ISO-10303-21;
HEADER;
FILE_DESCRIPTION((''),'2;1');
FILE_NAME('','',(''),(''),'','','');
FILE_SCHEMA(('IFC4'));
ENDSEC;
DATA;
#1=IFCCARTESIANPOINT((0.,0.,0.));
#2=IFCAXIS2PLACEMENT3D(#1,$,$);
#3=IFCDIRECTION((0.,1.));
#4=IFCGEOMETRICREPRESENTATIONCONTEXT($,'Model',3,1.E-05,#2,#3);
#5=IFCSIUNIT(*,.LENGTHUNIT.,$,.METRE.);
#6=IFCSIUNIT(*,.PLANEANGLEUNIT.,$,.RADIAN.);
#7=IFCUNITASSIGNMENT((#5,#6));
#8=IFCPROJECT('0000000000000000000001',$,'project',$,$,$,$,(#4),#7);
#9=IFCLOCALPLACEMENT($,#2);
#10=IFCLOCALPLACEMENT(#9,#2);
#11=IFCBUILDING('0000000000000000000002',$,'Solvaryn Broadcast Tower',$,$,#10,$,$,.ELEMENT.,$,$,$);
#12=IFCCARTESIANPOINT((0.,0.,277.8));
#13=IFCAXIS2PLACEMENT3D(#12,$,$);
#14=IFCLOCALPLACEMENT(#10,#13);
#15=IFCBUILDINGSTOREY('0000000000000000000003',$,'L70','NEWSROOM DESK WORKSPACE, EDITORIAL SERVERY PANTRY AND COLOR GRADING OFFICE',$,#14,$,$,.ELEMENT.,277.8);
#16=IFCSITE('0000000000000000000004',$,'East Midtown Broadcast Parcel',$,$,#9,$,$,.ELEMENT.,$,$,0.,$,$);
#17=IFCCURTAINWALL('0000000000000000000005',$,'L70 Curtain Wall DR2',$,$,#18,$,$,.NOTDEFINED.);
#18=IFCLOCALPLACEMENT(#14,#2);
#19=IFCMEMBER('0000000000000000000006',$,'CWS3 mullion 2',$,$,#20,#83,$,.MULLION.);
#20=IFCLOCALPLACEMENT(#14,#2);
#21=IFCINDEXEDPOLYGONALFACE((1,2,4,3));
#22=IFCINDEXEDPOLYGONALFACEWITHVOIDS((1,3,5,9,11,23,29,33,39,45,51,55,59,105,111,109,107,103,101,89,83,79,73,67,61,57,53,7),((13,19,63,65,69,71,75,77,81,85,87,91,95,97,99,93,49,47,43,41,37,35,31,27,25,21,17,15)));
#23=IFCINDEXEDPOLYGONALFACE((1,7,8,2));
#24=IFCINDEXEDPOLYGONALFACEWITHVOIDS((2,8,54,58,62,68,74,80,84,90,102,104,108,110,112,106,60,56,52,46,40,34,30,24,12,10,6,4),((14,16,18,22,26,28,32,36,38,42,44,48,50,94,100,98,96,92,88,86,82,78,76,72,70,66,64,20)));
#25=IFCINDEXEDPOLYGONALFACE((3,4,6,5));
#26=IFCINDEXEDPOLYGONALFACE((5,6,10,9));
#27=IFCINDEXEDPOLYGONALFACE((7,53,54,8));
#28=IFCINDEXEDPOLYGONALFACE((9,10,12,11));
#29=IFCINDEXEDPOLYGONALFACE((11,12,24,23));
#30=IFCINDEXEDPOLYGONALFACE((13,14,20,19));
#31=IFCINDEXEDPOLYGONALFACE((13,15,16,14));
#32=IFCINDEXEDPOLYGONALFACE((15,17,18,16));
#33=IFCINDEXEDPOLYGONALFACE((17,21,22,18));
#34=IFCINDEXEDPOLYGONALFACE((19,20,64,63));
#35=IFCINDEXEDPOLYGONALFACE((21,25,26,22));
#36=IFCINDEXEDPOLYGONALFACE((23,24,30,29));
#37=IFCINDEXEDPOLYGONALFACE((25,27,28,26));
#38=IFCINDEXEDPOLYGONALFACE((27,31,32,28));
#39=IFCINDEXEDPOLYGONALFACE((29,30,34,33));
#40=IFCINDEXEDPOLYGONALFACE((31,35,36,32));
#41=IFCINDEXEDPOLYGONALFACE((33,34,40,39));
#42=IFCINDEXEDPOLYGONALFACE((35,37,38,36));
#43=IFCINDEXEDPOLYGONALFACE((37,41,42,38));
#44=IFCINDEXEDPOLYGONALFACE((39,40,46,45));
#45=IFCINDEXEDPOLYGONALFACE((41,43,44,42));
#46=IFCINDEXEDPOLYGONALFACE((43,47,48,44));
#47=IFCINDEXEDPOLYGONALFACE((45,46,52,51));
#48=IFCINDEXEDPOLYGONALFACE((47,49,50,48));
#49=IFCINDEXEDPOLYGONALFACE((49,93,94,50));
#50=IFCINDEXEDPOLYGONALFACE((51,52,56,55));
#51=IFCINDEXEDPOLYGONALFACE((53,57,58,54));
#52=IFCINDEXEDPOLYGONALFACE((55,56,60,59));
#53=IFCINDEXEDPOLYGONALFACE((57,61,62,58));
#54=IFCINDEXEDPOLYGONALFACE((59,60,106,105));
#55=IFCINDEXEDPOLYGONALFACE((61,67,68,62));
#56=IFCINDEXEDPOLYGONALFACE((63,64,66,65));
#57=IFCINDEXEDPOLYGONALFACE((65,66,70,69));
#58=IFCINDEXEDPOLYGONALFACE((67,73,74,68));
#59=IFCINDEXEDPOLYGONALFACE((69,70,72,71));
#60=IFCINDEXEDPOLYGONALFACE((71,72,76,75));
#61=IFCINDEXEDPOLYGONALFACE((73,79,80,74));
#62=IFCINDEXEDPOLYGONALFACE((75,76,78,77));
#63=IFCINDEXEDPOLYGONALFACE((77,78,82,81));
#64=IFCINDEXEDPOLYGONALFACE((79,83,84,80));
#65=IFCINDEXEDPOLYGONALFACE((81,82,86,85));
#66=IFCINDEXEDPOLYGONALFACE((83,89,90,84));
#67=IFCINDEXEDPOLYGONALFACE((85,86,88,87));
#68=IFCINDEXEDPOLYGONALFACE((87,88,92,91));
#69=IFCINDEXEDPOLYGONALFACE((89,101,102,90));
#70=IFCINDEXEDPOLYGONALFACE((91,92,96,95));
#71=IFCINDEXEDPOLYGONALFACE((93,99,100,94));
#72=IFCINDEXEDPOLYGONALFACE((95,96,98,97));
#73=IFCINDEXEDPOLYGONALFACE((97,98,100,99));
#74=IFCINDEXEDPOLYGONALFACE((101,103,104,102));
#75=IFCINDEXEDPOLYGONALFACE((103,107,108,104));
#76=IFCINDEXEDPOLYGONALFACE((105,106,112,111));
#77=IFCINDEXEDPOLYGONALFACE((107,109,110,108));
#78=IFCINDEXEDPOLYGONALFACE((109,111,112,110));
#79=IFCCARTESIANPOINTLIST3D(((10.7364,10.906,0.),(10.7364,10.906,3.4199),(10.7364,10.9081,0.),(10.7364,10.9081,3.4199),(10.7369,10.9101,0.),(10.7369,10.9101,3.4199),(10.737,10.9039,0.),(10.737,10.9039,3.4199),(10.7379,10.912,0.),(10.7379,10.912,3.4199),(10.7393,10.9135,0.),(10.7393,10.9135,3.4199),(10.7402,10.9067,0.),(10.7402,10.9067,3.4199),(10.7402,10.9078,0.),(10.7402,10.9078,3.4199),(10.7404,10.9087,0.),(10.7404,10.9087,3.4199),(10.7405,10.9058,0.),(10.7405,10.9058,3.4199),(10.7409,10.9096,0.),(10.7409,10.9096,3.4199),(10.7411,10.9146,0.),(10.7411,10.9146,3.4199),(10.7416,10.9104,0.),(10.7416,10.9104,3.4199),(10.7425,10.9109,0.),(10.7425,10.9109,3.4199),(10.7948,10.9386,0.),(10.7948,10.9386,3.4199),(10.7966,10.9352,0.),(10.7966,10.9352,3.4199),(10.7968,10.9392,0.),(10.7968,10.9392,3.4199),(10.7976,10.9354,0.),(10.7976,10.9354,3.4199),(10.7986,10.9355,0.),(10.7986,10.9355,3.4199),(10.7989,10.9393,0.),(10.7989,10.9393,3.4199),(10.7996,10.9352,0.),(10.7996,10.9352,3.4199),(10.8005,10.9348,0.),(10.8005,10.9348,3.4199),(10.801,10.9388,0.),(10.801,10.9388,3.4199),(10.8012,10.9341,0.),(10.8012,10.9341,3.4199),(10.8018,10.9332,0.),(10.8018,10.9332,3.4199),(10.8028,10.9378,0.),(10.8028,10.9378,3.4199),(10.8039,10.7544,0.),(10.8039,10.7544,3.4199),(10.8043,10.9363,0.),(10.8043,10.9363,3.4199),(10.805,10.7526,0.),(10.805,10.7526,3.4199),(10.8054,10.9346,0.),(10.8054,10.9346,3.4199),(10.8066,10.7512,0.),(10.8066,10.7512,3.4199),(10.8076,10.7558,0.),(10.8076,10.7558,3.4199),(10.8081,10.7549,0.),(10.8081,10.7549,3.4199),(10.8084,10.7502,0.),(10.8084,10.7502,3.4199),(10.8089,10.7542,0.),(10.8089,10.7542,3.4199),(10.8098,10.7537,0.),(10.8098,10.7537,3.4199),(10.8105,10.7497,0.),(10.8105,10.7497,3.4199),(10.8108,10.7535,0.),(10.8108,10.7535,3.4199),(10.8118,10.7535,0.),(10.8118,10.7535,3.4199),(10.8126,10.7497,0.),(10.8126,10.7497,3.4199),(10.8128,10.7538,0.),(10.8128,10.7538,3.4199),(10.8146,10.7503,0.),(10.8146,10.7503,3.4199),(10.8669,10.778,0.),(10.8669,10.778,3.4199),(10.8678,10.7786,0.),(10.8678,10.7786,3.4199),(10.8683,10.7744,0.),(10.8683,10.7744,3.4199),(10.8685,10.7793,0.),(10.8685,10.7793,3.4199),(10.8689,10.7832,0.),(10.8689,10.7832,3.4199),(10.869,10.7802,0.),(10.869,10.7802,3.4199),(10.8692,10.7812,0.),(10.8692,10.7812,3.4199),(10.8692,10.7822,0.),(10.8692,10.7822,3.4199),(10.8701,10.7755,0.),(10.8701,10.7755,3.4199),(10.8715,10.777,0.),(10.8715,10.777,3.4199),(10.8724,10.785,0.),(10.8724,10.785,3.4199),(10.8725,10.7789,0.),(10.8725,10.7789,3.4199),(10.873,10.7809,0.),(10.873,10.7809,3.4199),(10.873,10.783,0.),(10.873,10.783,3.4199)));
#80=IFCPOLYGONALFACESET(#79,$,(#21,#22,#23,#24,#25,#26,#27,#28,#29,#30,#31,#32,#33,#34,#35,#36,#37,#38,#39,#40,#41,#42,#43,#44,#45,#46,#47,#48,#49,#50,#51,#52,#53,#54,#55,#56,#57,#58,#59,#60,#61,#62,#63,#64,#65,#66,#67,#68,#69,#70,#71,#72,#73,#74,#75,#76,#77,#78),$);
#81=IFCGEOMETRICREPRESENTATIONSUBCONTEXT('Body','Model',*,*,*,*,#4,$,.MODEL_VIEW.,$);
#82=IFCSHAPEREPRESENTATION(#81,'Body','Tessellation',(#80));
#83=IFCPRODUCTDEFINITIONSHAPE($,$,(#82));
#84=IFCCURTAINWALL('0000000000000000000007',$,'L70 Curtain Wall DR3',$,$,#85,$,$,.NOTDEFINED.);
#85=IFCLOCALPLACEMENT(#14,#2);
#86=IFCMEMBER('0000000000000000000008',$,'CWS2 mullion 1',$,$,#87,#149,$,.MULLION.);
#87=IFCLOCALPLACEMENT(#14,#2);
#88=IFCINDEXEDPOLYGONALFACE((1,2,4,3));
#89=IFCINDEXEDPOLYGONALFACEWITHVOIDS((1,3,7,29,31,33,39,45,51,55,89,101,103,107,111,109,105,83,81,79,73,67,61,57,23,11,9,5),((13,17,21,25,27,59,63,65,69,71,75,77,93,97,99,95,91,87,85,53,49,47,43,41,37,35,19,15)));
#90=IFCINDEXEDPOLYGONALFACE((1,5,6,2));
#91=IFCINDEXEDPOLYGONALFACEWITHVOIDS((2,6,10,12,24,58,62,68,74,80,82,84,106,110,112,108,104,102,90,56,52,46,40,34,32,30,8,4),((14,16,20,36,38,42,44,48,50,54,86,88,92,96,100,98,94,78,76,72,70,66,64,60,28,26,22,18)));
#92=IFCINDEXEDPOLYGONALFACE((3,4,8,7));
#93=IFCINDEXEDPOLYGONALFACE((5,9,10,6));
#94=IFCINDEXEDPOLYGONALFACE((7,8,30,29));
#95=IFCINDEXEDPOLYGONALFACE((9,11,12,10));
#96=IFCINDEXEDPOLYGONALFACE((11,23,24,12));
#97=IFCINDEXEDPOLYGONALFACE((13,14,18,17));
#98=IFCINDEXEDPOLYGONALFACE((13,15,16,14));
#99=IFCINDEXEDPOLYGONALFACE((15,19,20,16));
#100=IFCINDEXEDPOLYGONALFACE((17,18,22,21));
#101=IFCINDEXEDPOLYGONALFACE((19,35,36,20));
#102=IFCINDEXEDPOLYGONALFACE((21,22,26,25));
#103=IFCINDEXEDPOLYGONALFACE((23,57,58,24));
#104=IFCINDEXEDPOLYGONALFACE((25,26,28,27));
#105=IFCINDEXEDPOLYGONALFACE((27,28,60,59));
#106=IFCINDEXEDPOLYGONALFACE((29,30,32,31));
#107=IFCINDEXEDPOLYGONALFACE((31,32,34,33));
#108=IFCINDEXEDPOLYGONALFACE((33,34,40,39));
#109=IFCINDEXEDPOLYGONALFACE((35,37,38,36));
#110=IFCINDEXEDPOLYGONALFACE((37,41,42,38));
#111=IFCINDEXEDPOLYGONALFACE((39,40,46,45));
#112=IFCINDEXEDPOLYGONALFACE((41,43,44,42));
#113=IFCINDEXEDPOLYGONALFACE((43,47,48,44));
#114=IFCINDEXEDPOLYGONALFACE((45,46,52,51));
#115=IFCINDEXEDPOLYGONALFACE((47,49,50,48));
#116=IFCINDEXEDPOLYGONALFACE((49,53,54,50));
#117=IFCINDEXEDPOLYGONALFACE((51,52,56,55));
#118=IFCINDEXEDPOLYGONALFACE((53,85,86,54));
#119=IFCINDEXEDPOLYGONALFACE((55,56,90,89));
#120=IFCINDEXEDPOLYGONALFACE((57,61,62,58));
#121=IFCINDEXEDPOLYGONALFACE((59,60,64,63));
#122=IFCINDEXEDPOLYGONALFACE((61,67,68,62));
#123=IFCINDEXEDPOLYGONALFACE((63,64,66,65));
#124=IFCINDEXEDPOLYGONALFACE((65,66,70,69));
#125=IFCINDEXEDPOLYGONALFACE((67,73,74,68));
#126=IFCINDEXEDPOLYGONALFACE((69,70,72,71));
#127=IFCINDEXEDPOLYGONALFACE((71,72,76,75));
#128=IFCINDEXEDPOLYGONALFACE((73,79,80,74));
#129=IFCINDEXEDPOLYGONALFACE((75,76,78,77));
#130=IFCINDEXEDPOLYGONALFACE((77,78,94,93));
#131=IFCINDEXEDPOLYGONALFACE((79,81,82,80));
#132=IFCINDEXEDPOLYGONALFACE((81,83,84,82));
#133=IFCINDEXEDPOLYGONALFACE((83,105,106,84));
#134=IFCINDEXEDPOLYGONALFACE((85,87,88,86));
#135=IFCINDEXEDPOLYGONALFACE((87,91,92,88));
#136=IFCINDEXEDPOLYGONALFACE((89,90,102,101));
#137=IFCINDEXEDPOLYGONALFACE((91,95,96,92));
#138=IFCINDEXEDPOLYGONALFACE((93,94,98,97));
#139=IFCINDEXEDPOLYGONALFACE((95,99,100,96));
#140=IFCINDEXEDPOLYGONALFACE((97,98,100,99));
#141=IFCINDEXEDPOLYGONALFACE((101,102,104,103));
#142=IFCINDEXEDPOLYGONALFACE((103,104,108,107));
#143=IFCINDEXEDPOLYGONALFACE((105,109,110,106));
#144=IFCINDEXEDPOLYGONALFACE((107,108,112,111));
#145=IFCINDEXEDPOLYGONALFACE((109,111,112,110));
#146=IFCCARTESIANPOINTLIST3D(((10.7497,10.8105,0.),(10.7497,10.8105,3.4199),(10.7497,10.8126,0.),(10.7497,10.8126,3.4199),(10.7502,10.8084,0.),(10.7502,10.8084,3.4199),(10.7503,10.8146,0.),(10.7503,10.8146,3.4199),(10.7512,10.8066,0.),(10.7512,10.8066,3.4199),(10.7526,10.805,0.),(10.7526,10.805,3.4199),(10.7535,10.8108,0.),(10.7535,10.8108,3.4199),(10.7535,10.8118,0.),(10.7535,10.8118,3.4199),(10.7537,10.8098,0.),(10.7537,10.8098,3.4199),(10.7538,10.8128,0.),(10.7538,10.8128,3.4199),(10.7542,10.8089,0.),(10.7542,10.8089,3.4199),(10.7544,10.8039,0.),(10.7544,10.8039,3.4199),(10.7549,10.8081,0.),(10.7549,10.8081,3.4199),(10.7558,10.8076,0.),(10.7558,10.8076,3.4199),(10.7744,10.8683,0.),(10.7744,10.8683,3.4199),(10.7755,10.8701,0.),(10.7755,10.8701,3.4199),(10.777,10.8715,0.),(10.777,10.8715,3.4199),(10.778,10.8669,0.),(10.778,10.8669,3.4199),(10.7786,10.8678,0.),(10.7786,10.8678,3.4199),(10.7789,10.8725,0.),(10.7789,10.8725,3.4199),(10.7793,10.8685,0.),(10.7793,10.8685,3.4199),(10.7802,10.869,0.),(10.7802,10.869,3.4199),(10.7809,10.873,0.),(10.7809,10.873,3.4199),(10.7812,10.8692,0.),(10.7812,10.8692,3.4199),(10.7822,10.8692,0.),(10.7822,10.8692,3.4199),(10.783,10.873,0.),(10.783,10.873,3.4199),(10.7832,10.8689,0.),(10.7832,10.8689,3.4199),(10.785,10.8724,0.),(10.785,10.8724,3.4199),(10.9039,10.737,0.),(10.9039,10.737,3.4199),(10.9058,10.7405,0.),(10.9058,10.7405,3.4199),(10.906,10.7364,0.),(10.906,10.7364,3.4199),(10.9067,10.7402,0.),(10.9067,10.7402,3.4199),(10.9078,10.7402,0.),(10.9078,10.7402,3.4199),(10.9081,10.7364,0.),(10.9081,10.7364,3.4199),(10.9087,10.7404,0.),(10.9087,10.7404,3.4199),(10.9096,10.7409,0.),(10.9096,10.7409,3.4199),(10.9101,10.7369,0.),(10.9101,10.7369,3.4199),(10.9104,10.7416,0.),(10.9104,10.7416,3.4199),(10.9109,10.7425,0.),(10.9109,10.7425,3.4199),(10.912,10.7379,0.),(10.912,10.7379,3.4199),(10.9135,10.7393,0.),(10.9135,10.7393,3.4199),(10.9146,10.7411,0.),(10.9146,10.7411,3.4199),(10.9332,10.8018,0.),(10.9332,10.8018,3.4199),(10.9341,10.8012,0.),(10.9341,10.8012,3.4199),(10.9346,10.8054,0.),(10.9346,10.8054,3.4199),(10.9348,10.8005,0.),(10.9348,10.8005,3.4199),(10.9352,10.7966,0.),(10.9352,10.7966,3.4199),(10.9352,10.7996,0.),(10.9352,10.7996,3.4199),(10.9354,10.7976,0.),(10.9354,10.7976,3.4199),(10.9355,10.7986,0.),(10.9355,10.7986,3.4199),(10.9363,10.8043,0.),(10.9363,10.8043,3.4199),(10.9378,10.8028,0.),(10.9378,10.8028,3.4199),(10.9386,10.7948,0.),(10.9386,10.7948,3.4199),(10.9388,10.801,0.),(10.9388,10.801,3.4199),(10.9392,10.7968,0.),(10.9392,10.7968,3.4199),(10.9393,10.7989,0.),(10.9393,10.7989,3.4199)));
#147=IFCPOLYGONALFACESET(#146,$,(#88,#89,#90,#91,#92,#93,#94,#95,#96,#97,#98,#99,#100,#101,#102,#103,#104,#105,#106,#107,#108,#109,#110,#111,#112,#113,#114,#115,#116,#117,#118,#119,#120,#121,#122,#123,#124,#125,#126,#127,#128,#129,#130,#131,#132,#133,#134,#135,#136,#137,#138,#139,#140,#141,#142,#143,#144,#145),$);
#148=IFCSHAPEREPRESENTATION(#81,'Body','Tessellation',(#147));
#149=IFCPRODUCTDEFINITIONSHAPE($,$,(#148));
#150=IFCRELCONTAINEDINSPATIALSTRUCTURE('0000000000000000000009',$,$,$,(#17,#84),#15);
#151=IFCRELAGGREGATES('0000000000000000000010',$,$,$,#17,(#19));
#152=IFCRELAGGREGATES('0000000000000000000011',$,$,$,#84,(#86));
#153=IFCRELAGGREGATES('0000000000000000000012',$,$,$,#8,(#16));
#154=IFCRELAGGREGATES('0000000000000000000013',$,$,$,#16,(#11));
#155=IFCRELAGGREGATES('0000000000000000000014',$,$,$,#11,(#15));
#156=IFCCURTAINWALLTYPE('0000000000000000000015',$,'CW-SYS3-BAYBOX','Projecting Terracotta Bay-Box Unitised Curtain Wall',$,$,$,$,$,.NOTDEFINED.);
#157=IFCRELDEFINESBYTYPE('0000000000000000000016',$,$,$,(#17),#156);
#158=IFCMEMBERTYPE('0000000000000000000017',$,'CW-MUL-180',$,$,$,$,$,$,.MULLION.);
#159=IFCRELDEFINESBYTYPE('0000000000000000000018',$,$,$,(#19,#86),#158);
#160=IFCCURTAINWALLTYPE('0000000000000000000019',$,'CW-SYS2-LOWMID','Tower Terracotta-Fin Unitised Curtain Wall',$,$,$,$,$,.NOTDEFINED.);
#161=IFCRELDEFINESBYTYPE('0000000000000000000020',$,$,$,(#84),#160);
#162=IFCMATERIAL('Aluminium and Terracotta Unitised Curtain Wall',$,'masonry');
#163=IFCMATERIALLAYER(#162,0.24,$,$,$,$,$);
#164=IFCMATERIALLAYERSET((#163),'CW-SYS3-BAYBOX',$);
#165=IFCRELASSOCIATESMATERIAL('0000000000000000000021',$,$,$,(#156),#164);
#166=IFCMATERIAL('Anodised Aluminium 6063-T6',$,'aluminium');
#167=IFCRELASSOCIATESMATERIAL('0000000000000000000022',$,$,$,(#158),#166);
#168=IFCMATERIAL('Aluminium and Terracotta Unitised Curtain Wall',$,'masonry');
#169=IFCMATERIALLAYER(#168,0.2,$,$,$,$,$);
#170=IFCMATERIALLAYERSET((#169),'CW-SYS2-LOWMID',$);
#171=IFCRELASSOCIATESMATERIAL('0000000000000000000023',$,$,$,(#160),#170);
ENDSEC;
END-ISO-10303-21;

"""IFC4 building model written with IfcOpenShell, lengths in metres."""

from ifc_helpers import new_model, si_unit, direction, frame, origin, origin_2d, place, context, subcontext, project, spatial, hollow_rectangle, extrude, material, layer, layer_set, material_profile, profile_set, type_object, element, aggregate, save


model = new_model("IFC4")

# Units and contexts
model_context = context("Model", 3, precision=1e-05, world=origin(), true_north=direction((0.0, 1.0)))
body_context = subcontext(model_context, "Body", "Model", "MODEL_VIEW")
ifc_project = project(units=[si_unit("LENGTHUNIT", "METRE"), si_unit("PLANEANGLEUNIT", "RADIAN")], contexts=[model_context])

# Site, building, storey
site_placement = place(None, origin())
site = spatial("IfcSite", under=ifc_project, at=site_placement, Name="East Midtown Broadcast Parcel", CompositionType="ELEMENT", RefElevation=0.0)
building_placement = place(site_placement, origin())
building = spatial("IfcBuilding", under=site, at=building_placement, Name="Solvaryn Broadcast Tower", CompositionType="ELEMENT")
storey_placement = place(building_placement, frame((0.0, 0.0, 277.8)))
storey = spatial("IfcBuildingStorey", under=building, at=storey_placement, Name="L70", Description="NEWSROOM DESK WORKSPACE, EDITORIAL SERVERY PANTRY AND COLOR GRADING OFFICE", CompositionType="ELEMENT", Elevation=277.8)

# Curtain wall, member
ifc_material_1 = material(Name="Aluminium and Terracotta Unitised Curtain Wall", Category="masonry")
ifc_layer_1 = layer(ifc_material_1, 0.24)
ifc_layer_set_1 = layer_set([ifc_layer_1], Name="CW-SYS3-BAYBOX")
curtain_wall_type_1 = type_object("IfcCurtainWallType", Name="CW-SYS3-BAYBOX", Description="Projecting Terracotta Bay-Box Unitised Curtain Wall", PredefinedType="NOTDEFINED", material=ifc_layer_set_1)
curtain_wall_1_placement = place(storey_placement, origin())
curtain_wall_1 = element("IfcCurtainWall", 1, at=curtain_wall_1_placement, inside=storey, type_object=curtain_wall_type_1, Name="L70 Curtain Wall DR2", PredefinedType="NOTDEFINED")
ifc_material_2 = material(Name="Anodised Aluminium 6063-T6", Category="aluminium")
ifc_material_profile_1 = material_profile(ifc_material_2, hollow_rectangle(XDim=0.075, YDim=0.1799, WallThickness=0.0039, InnerFilletRadius=0.0039, OuterFilletRadius=0.0081, at=origin_2d()))
ifc_profile_set_1 = profile_set([ifc_material_profile_1], Name="Anodised Aluminium 6063-T6")
member_type_1 = type_object("IfcMemberType", Name="CW-MUL-180", PredefinedType="MULLION", material=ifc_profile_set_1)
member_1_placement = place(storey_placement, frame((10.8047, 10.8445, 0.0), z_axis=(0.0, 0.0, 1.0), x_axis=(0.912774, 0.408466, 0.0)))
member_1 = element("IfcMember", 2, at=member_1_placement, type_object=member_type_1, Name="CWS3 mullion 2", PredefinedType="MULLION", context=body_context, shape_type="SweptSolid", body=[
    extrude(hollow_rectangle(XDim=0.075, YDim=0.1799, WallThickness=0.0039, InnerFilletRadius=0.0039, OuterFilletRadius=0.0081, at=origin_2d()), origin(), (0.0, 0.0, 1.0), 3.4199),
])
aggregate(curtain_wall_1, [member_1])

# Curtain wall, member
ifc_material_3 = material(Name="Aluminium and Terracotta Unitised Curtain Wall", Category="masonry")
ifc_layer_2 = layer(ifc_material_3, 0.2)
ifc_layer_set_2 = layer_set([ifc_layer_2], Name="CW-SYS2-LOWMID")
curtain_wall_type_2 = type_object("IfcCurtainWallType", Name="CW-SYS2-LOWMID", Description="Tower Terracotta-Fin Unitised Curtain Wall", PredefinedType="NOTDEFINED", material=ifc_layer_set_2)
curtain_wall_2_placement = place(storey_placement, origin())
curtain_wall_2 = element("IfcCurtainWall", 3, at=curtain_wall_2_placement, inside=storey, type_object=curtain_wall_type_2, Name="L70 Curtain Wall DR3", PredefinedType="NOTDEFINED")
member_2_placement = place(storey_placement, frame((10.8445, 10.8047, 0.0), z_axis=(0.0, 0.0, 1.0), x_axis=(0.408466, 0.912774, 0.0)))
member_2 = element("IfcMember", 4, at=member_2_placement, type_object=member_type_1, Name="CWS2 mullion 1", PredefinedType="MULLION", context=body_context, shape_type="SweptSolid", body=[
    extrude(hollow_rectangle(XDim=0.075, YDim=0.1799, WallThickness=0.0039, InnerFilletRadius=0.0039, OuterFilletRadius=0.0081, at=origin_2d()), origin(), (0.0, 0.0, 1.0), 3.4199),
])
aggregate(curtain_wall_2, [member_2])

save(model, "model.ifc")
